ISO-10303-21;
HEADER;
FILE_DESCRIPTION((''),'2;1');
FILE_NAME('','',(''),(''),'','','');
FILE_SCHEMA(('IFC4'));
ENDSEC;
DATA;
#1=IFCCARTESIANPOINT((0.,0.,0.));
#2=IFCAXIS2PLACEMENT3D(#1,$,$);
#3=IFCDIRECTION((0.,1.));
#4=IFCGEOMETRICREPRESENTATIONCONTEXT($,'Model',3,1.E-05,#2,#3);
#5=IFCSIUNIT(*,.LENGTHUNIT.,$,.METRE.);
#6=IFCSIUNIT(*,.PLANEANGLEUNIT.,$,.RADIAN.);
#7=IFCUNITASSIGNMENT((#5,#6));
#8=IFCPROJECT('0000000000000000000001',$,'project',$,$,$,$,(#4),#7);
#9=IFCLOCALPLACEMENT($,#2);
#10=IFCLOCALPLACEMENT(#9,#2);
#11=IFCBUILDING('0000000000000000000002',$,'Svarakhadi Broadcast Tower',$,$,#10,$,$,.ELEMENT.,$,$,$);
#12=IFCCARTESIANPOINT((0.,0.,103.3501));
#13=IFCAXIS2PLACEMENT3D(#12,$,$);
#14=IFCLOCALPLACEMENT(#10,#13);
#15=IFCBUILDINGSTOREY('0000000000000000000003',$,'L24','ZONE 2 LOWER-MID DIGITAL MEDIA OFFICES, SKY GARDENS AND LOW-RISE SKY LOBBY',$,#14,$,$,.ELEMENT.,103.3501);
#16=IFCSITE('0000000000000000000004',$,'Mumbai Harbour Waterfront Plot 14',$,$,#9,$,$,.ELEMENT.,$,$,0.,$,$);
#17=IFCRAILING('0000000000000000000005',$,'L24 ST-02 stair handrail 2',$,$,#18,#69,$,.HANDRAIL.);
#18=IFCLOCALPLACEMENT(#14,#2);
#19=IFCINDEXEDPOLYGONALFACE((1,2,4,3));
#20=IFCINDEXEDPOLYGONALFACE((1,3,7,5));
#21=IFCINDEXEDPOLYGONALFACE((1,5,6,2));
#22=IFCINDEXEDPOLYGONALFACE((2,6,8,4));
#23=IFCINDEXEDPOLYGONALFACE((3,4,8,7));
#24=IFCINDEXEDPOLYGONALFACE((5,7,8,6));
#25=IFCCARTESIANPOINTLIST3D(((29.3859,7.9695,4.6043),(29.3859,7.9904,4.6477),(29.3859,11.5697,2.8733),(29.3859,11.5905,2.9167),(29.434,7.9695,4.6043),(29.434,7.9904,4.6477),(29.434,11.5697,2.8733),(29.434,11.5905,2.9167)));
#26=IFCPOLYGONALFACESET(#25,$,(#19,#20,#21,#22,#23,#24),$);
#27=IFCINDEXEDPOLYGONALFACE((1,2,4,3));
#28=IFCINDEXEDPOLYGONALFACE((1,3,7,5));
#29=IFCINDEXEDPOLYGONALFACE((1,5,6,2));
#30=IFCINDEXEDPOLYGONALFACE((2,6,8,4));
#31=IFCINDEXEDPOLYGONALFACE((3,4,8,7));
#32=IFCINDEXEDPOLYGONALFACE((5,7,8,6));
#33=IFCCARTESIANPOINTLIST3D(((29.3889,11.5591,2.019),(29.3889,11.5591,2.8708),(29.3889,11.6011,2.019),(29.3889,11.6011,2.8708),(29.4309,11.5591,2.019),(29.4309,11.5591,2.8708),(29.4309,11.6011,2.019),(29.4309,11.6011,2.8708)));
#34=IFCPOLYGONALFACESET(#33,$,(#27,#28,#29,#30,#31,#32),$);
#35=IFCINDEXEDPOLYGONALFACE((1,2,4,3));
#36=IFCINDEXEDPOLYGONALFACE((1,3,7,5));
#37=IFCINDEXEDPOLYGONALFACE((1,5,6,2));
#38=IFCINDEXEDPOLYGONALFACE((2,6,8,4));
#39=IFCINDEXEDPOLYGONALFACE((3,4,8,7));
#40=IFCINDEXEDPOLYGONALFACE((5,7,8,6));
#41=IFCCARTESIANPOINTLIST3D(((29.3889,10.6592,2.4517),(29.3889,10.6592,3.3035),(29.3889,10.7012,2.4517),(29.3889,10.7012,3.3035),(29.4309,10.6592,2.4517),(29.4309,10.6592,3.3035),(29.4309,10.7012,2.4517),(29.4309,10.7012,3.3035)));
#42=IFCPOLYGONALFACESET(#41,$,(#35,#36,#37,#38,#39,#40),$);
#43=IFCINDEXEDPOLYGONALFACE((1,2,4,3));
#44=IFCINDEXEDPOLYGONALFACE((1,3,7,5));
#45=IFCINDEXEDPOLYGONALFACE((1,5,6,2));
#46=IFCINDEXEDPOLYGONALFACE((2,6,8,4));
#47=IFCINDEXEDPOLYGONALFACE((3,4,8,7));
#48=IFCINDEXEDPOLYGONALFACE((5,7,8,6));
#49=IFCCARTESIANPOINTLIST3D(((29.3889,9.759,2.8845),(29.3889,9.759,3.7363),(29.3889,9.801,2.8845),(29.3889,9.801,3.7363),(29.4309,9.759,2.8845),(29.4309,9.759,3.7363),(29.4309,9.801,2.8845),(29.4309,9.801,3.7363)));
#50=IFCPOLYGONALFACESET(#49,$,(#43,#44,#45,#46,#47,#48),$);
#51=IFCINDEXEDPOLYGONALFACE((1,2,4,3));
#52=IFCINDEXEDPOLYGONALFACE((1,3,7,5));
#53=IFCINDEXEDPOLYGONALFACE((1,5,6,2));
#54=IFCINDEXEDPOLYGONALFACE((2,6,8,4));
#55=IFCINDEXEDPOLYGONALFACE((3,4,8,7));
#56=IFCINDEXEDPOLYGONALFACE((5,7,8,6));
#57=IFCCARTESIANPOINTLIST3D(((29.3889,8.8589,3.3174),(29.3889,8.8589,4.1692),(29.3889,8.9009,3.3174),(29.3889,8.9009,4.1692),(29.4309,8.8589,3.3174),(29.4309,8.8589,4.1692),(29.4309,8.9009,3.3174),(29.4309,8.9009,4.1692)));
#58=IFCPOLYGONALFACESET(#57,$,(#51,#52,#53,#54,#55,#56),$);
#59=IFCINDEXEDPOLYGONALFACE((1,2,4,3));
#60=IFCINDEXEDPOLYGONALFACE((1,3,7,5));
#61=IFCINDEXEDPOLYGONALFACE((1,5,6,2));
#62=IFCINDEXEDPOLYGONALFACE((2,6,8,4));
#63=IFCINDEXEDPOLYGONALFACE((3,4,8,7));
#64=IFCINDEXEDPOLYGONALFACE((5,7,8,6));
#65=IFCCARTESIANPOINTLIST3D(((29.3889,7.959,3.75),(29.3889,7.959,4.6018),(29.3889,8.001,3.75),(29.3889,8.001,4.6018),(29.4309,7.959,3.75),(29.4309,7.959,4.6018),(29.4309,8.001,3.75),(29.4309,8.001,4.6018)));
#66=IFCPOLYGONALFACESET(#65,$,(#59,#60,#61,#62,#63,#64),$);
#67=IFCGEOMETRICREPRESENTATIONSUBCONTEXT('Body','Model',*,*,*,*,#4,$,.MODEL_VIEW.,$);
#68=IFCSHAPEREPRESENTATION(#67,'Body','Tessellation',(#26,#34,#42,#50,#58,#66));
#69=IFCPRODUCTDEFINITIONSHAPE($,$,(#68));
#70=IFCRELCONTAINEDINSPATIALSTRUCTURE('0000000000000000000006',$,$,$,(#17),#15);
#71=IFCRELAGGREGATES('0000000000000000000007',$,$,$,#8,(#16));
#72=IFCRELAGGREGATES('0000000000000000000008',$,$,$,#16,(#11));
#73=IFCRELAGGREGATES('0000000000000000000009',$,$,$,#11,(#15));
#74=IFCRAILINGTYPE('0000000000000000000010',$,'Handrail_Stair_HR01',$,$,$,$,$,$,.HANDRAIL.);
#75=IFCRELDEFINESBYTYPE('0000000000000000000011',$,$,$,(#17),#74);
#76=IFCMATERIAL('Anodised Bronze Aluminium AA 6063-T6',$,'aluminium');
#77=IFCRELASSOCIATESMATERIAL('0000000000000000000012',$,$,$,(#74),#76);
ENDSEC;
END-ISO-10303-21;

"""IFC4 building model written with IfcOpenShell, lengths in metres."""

from ifc_helpers import new_model, si_unit, direction, frame, origin, origin_2d, place, context, subcontext, project, spatial, rectangle, extrude, material, type_object, element, save


model = new_model("IFC4")

# Units and contexts
model_context = context("Model", 3, precision=1e-05, world=origin(), true_north=direction((0.0, 1.0)))
body_context = subcontext(model_context, "Body", "Model", "MODEL_VIEW")
ifc_project = project(units=[si_unit("LENGTHUNIT", "METRE"), si_unit("PLANEANGLEUNIT", "RADIAN")], contexts=[model_context])

# Site, building, storey
site_placement = place(None, origin())
site = spatial("IfcSite", under=ifc_project, at=site_placement, Name="Mumbai Harbour Waterfront Plot 14", CompositionType="ELEMENT", RefElevation=0.0)
building_placement = place(site_placement, origin())
building = spatial("IfcBuilding", under=site, at=building_placement, Name="Svarakhadi Broadcast Tower", CompositionType="ELEMENT")
storey_placement = place(building_placement, frame((0.0, 0.0, 103.3501)))
storey = spatial("IfcBuildingStorey", under=building, at=storey_placement, Name="L24", Description="ZONE 2 LOWER-MID DIGITAL MEDIA OFFICES, SKY GARDENS AND LOW-RISE SKY LOBBY", CompositionType="ELEMENT", Elevation=103.3501)

# Shared definitions
ifc_material_1 = material(Name="Anodised Bronze Aluminium AA 6063-T6", Category="aluminium")

# Railing
railing_type_1 = type_object("IfcRailingType", Name="Handrail_Stair_HR01", PredefinedType="HANDRAIL", material=ifc_material_1)
railing_1_placement = place(storey_placement, frame((29.4099, 11.5801, 2.019)))
element("IfcRailing", 1, at=railing_1_placement, inside=storey, type_object=railing_type_1, Name="L24 ST-02 stair handrail 2", PredefinedType="HANDRAIL", context=body_context, shape_type="SweptSolid", body=[
    extrude(rectangle(XDim=0.0481, YDim=0.0481, at=origin_2d()), frame((0.0, 0.0, 0.876), z_axis=(0.0, -0.901239, 0.433323), x_axis=(1.0, 0.0, 0.0)), (0.0, 0.0, 1.0), 3.9946),
    extrude(rectangle(XDim=0.042, YDim=0.042, at=origin_2d()), origin(), (0.0, 0.0, 1.0), 0.8518),
    extrude(rectangle(XDim=0.042, YDim=0.042, at=origin_2d()), frame((0.0, -0.8999, 0.4326)), (0.0, 0.0, 1.0), 0.8518),
    extrude(rectangle(XDim=0.042, YDim=0.042, at=origin_2d()), frame((0.0, -1.8, 0.8655)), (0.0, 0.0, 1.0), 0.8518),
    extrude(rectangle(XDim=0.042, YDim=0.042, at=origin_2d()), frame((0.0, -2.7002, 1.2983)), (0.0, 0.0, 1.0), 0.8518),
    extrude(rectangle(XDim=0.042, YDim=0.042, at=origin_2d()), frame((0.0, -3.6001, 1.731)), (0.0, 0.0, 1.0), 0.8518),
])

save(model, "model.ifc")
